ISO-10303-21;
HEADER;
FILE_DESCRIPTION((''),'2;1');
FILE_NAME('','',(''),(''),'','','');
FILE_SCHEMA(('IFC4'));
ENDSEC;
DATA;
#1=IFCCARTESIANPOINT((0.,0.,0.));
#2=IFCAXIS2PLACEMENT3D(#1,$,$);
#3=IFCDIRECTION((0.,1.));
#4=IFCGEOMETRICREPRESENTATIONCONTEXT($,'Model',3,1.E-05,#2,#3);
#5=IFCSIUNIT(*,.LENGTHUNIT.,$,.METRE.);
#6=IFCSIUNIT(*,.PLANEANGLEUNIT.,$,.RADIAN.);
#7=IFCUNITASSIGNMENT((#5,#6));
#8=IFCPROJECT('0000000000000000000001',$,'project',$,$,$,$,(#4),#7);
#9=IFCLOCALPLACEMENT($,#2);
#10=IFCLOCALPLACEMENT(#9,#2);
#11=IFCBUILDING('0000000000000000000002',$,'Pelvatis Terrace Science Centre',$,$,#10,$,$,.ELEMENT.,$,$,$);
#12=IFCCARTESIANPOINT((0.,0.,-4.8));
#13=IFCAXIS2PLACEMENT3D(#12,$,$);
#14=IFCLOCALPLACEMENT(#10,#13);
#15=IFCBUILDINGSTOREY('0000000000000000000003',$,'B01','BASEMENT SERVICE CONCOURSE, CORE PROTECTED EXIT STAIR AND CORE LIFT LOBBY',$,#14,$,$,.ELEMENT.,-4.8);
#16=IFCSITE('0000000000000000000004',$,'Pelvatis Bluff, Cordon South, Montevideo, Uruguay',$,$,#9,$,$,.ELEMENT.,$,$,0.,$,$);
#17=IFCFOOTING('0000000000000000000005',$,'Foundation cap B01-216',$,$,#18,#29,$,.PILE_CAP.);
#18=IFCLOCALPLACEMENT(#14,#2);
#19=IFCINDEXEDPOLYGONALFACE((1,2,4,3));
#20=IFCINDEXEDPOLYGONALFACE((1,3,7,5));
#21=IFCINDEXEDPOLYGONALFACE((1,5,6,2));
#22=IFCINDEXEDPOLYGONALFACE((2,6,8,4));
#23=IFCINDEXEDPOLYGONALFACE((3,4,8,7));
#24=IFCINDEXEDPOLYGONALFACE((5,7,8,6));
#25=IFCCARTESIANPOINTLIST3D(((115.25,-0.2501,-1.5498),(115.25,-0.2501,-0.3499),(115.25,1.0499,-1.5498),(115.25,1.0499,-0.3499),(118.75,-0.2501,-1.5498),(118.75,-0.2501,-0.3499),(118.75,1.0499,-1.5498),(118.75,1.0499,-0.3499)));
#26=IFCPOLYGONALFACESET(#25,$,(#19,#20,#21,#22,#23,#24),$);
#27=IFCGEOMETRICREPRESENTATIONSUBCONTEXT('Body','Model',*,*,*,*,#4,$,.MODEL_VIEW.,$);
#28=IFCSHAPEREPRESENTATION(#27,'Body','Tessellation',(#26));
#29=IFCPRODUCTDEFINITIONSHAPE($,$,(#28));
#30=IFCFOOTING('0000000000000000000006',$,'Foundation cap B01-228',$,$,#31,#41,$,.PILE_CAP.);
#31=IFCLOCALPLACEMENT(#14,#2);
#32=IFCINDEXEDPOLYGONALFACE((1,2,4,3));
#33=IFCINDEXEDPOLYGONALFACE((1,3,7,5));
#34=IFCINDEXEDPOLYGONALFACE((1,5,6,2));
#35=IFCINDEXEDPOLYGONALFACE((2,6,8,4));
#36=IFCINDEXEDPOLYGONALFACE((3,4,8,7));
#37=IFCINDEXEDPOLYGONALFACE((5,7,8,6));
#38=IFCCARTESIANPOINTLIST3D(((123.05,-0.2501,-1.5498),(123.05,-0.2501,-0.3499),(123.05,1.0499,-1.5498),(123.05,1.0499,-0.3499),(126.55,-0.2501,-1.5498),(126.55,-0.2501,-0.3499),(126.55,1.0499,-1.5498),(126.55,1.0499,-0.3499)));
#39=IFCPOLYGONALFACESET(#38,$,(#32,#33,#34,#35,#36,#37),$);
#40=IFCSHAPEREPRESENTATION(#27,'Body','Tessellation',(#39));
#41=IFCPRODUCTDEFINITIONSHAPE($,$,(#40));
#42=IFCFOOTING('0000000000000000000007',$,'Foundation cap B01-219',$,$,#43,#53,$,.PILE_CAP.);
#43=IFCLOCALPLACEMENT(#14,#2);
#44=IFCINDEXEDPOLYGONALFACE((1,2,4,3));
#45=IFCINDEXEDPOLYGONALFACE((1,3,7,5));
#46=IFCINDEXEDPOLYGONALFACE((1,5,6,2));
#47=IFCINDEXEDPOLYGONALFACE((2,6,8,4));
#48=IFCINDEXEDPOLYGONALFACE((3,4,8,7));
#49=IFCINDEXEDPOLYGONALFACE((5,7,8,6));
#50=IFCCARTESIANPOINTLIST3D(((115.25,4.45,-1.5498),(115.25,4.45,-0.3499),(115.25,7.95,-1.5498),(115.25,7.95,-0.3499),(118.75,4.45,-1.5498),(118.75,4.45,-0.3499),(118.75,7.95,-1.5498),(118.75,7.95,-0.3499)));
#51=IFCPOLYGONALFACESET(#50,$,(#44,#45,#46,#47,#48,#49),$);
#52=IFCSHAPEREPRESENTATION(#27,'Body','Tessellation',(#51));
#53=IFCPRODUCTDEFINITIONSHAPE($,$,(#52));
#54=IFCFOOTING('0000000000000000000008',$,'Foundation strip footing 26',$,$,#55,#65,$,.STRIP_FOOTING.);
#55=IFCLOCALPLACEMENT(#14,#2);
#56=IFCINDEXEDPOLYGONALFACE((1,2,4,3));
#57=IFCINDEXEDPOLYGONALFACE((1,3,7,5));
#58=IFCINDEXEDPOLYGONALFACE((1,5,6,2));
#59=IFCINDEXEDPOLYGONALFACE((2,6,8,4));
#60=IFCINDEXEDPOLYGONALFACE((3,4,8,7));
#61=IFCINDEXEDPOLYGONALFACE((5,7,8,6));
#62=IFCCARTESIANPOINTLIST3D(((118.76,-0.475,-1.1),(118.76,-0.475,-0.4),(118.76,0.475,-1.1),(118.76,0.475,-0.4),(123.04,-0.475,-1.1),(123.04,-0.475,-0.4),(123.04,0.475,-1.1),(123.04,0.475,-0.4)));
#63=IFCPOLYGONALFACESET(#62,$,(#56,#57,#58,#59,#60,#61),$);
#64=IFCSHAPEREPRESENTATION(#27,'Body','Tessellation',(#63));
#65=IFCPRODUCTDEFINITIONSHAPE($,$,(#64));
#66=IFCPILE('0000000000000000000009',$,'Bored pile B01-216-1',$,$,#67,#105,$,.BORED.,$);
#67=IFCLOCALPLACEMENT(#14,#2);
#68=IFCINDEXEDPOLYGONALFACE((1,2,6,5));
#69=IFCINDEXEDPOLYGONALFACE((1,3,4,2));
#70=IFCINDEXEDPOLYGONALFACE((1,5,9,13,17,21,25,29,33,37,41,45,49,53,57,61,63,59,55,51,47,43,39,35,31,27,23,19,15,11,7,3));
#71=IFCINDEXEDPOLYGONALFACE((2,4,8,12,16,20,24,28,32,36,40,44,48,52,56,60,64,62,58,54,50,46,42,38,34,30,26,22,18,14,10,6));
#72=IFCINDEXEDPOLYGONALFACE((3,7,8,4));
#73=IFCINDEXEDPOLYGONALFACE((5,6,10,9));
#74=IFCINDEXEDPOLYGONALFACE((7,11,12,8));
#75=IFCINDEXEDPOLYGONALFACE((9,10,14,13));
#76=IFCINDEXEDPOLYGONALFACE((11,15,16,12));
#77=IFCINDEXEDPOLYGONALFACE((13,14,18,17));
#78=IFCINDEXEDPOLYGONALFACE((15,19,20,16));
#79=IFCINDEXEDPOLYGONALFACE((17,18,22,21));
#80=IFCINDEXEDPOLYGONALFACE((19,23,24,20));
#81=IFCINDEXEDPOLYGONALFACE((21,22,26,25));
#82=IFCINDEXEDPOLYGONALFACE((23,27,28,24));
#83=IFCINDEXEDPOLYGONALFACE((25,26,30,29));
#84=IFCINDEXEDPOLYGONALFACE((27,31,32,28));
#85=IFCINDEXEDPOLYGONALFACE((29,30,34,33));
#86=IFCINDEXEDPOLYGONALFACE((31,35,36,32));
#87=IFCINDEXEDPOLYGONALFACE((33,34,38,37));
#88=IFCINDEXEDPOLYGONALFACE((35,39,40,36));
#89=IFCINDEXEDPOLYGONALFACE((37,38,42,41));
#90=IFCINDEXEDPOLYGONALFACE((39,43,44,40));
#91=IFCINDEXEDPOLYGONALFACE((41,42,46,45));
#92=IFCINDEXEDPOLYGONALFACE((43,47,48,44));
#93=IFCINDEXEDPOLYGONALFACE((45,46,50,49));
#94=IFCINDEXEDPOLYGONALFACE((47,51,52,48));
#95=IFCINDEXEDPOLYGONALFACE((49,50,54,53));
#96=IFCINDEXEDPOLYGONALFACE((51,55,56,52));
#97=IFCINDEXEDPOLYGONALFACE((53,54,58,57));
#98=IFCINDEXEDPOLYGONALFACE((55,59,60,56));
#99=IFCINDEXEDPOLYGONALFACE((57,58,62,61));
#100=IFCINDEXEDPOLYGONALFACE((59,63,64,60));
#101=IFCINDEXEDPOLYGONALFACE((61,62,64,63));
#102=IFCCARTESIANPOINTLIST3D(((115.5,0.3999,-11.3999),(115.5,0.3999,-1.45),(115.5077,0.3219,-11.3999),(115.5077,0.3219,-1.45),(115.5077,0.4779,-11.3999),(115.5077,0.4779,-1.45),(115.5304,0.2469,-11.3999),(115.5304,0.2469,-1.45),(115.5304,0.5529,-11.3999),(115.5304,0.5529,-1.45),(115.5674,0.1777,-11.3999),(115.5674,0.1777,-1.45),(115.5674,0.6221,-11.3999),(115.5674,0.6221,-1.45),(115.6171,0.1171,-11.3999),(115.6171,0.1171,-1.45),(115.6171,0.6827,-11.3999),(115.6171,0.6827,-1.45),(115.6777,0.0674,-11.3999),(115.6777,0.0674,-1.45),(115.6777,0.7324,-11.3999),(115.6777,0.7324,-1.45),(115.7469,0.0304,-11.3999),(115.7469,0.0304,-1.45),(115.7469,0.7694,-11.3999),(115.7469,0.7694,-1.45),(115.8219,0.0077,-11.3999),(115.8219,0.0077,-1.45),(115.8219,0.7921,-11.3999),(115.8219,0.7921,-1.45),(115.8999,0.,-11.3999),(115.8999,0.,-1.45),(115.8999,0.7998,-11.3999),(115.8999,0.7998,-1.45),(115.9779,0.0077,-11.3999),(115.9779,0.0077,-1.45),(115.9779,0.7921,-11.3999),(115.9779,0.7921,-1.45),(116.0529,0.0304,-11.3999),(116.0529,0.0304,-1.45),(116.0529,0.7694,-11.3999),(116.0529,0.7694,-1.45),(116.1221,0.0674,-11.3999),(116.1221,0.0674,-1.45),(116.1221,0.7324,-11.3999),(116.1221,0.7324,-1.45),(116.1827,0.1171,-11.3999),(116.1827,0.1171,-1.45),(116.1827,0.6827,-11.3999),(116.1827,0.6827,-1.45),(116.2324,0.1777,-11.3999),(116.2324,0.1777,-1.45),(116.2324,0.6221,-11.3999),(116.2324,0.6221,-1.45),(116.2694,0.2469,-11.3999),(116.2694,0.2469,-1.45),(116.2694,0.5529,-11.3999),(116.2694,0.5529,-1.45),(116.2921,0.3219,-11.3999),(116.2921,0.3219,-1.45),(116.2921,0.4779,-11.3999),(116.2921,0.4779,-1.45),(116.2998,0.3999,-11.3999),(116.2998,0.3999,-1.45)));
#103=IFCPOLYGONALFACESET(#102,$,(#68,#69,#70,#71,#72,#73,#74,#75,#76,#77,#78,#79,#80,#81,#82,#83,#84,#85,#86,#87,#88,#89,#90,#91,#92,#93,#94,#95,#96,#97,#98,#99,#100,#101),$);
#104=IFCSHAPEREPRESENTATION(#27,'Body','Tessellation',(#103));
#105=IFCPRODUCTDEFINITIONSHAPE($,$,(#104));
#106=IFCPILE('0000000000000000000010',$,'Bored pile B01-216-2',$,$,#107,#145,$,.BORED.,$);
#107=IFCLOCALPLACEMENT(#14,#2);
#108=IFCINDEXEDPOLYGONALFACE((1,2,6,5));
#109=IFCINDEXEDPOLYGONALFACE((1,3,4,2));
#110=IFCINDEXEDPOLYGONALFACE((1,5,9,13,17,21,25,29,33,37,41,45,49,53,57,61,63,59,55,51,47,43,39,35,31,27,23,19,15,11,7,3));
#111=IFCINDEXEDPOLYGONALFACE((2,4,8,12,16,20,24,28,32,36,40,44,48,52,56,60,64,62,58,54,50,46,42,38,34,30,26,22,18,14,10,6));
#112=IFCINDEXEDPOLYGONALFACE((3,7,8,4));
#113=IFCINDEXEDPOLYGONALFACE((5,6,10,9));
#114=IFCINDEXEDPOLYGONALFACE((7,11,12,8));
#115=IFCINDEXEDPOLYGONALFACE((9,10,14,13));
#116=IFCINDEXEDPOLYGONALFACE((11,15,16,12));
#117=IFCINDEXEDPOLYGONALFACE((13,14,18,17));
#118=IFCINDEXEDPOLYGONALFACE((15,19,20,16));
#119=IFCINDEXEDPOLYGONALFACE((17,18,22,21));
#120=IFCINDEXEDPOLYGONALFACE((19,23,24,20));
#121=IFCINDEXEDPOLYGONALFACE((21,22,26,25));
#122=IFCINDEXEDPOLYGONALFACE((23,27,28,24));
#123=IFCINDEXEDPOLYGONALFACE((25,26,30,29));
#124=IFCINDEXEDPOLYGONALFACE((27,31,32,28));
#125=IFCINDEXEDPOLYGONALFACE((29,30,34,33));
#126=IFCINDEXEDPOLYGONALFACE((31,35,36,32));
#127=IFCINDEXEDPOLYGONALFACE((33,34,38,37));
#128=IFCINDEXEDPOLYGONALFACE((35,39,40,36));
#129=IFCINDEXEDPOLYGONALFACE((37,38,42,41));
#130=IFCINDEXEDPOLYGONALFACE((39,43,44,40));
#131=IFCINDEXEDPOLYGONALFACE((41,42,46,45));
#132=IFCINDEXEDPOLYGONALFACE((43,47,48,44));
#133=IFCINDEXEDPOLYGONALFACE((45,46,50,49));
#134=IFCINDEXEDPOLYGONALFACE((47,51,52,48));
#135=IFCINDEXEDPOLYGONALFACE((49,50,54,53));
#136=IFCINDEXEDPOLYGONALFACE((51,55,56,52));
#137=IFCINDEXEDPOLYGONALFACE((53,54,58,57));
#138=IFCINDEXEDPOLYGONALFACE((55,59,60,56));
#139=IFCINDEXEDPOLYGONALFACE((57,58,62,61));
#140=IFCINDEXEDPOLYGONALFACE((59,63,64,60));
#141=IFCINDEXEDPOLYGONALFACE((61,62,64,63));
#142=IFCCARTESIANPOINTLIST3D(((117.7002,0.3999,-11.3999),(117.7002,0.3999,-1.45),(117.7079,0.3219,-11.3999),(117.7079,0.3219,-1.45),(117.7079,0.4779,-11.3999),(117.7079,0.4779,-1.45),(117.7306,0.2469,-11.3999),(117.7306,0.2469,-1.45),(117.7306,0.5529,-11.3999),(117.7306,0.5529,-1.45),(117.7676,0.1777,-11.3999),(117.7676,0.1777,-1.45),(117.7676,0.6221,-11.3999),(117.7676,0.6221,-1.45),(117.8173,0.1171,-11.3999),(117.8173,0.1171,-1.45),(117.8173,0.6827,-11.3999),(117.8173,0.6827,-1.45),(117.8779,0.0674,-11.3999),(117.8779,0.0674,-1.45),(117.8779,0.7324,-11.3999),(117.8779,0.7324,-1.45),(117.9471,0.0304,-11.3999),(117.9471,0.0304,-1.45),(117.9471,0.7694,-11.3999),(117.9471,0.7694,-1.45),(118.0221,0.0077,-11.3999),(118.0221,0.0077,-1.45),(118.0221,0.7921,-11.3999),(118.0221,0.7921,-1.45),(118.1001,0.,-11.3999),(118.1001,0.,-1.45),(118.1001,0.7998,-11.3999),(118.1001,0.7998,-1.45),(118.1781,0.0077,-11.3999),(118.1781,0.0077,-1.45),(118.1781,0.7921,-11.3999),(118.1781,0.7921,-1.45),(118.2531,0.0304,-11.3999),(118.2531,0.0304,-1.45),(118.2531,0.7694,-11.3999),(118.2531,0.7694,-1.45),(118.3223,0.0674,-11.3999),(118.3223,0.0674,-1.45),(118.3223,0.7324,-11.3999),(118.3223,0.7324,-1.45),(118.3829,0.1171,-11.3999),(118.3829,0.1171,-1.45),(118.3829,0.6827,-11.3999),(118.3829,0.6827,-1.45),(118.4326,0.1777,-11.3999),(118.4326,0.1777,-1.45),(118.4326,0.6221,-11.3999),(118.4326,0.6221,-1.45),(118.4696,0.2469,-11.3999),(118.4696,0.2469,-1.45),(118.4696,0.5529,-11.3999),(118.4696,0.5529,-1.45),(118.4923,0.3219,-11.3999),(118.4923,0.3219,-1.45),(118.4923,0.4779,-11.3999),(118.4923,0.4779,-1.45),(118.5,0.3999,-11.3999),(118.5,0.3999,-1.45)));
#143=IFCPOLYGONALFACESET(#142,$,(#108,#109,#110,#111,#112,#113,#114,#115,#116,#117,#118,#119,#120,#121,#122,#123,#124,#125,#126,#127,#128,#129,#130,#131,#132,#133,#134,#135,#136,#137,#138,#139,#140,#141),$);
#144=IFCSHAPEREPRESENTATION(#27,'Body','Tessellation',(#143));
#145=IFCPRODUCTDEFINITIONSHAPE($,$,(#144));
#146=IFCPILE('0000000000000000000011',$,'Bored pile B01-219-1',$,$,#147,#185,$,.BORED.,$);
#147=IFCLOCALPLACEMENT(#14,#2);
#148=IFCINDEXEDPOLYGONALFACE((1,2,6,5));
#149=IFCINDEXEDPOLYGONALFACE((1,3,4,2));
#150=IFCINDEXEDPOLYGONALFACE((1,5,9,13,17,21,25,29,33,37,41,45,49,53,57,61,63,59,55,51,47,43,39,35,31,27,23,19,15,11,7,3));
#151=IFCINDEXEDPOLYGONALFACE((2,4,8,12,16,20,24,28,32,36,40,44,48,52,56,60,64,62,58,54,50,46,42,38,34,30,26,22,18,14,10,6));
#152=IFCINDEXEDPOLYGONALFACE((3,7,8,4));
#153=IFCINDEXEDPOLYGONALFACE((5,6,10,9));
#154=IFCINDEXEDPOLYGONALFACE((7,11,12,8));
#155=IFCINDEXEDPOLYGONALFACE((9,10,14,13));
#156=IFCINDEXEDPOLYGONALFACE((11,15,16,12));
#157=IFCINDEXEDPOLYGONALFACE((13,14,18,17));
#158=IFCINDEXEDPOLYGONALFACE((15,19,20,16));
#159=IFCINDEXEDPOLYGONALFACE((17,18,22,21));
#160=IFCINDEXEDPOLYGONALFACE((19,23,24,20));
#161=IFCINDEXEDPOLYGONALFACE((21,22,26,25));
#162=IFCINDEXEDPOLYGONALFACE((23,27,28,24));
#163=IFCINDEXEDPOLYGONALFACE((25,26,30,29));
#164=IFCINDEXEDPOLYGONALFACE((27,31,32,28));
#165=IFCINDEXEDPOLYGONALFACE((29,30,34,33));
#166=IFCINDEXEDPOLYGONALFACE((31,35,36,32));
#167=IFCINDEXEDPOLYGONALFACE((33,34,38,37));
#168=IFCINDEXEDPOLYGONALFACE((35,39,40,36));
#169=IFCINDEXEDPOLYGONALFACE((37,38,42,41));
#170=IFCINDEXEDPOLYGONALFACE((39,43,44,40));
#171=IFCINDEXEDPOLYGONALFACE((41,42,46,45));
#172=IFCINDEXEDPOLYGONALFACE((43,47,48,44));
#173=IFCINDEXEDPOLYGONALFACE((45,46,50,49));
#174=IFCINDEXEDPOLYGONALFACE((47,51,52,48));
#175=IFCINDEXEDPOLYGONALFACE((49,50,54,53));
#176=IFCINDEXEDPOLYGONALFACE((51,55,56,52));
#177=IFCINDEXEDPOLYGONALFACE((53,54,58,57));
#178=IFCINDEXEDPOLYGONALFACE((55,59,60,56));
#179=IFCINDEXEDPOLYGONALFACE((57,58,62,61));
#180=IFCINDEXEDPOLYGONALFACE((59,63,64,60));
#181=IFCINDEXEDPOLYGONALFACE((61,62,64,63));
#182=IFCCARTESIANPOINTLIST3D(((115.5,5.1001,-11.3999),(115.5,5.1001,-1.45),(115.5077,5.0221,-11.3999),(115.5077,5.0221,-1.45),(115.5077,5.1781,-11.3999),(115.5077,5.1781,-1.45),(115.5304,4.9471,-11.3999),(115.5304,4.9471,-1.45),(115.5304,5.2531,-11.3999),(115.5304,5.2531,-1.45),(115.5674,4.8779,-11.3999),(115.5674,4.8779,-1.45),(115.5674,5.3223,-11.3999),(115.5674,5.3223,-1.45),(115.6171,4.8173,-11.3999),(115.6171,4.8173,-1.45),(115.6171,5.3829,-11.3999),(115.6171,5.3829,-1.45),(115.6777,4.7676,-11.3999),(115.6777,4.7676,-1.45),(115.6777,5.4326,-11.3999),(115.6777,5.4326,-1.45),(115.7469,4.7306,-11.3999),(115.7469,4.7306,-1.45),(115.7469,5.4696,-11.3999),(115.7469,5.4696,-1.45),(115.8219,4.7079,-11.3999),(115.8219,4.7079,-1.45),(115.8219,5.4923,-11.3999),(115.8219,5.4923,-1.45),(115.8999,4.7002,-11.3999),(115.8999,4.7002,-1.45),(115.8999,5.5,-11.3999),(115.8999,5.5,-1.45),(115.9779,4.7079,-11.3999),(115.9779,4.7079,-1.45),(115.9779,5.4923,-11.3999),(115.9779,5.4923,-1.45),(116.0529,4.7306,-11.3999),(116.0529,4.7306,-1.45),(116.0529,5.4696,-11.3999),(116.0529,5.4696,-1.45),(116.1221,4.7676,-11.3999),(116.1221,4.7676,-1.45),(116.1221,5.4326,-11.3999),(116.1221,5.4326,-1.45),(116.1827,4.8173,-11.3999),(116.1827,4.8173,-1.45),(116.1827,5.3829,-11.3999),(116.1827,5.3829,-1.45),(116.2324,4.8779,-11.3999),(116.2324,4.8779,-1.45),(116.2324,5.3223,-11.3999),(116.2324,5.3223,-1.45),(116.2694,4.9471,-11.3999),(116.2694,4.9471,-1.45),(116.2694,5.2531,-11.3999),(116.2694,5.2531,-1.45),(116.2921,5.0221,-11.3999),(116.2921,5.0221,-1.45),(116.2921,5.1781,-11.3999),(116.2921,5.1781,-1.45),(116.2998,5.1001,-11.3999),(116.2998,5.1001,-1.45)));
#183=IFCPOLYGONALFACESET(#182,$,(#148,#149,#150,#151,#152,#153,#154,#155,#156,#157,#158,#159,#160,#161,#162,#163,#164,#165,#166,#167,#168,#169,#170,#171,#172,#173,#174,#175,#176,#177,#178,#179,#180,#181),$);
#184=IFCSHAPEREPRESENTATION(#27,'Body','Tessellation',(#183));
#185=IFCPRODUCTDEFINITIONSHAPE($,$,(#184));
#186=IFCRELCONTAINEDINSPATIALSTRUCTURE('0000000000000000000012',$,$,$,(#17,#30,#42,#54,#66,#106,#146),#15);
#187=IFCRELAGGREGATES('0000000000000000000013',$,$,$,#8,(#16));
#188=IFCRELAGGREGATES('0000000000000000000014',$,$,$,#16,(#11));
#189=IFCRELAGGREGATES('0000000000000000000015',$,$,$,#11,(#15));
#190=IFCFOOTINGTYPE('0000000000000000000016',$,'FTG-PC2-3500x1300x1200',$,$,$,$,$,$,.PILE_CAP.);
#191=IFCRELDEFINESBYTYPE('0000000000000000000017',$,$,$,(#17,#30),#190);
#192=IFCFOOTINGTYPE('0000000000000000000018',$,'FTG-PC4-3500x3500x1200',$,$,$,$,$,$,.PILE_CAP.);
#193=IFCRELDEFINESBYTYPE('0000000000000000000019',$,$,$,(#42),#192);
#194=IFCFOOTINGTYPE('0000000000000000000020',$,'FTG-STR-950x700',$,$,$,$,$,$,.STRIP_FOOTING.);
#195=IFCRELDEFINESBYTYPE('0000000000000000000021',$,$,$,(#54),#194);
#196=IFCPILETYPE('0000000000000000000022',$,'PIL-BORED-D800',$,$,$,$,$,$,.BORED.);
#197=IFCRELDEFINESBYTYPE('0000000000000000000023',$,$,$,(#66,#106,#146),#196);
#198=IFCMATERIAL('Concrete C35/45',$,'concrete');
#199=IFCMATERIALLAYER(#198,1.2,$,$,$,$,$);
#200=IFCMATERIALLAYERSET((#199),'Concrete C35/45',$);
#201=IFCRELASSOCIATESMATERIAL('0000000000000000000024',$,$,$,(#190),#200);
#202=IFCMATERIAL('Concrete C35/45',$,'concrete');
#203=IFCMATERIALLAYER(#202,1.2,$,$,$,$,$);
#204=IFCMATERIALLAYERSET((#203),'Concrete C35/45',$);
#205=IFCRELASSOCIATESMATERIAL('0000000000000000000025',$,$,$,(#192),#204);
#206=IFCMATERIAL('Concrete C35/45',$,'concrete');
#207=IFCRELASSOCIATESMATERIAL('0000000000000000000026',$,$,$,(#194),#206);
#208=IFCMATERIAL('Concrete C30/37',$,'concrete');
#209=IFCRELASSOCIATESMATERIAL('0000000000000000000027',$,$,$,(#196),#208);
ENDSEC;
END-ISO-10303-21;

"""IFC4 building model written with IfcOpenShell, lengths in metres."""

from ifc_helpers import new_model, si_unit, direction, frame, origin, origin_2d, place, context, subcontext, project, spatial, rectangle, circle, extrude, material, layer, layer_set, material_profile, profile_set, type_object, element, save


model = new_model("IFC4")

# Units and contexts
model_context = context("Model", 3, precision=1e-05, world=origin(), true_north=direction((0.0, 1.0)))
body_context = subcontext(model_context, "Body", "Model", "MODEL_VIEW")
ifc_project = project(units=[si_unit("LENGTHUNIT", "METRE"), si_unit("PLANEANGLEUNIT", "RADIAN")], contexts=[model_context])

# Site, building, storey
site_placement = place(None, origin())
site = spatial("IfcSite", under=ifc_project, at=site_placement, Name="Pelvatis Bluff, Cordon South, Montevideo, Uruguay", CompositionType="ELEMENT", RefElevation=0.0)
building_placement = place(site_placement, origin())
building = spatial("IfcBuilding", under=site, at=building_placement, Name="Pelvatis Terrace Science Centre", CompositionType="ELEMENT")
storey_placement = place(building_placement, frame((0.0, 0.0, -4.8)))
storey = spatial("IfcBuildingStorey", under=building, at=storey_placement, Name="B01", Description="BASEMENT SERVICE CONCOURSE, CORE PROTECTED EXIT STAIR AND CORE LIFT LOBBY", CompositionType="ELEMENT", Elevation=-4.8)

# Footings
ifc_material_1 = material(Name="Concrete C35/45", Category="concrete")
ifc_layer_1 = layer(ifc_material_1, 1.2)
ifc_layer_set_1 = layer_set([ifc_layer_1], Name="Concrete C35/45")
footing_type_1 = type_object("IfcFootingType", Name="FTG-PC2-3500x1300x1200", PredefinedType="PILE_CAP", material=ifc_layer_set_1)
for number, where, z_axis, x_axis, name in (
    (1, (117.0, 0.3999, -1.5498), (0.0, 0.0, 1.0), (1.0, 0.0, 0.0), "Foundation cap B01-216"),
    (2, (124.8, 0.3999, -1.5498), (0.0, 0.0, 1.0), (1.0, 0.0, 0.0), "Foundation cap B01-228"),
):
    element("IfcFooting", number, at=place(storey_placement, frame(where, z_axis=z_axis, x_axis=x_axis)), inside=storey, type_object=footing_type_1, Name=name, PredefinedType="PILE_CAP", context=body_context, shape_type="SweptSolid", body=[
        extrude(rectangle(XDim=3.5, YDim=1.3, at=origin_2d()), origin(), (0.0, 0.0, 1.0), 1.2),
    ])
ifc_material_2 = material(Name="Concrete C35/45", Category="concrete")
ifc_layer_2 = layer(ifc_material_2, 1.2)
ifc_layer_set_2 = layer_set([ifc_layer_2], Name="Concrete C35/45")
footing_type_2 = type_object("IfcFootingType", Name="FTG-PC4-3500x3500x1200", PredefinedType="PILE_CAP", material=ifc_layer_set_2)
footing_1_placement = place(storey_placement, frame((117.0, 6.2, -1.5498), z_axis=(0.0, 0.0, 1.0), x_axis=(1.0, 0.0, 0.0)))
element("IfcFooting", 3, at=footing_1_placement, inside=storey, type_object=footing_type_2, Name="Foundation cap B01-219", PredefinedType="PILE_CAP", context=body_context, shape_type="SweptSolid", body=[
    extrude(rectangle(XDim=3.5, YDim=3.5, at=origin_2d()), origin(), (0.0, 0.0, 1.0), 1.2),
])
ifc_material_3 = material(Name="Concrete C35/45", Category="concrete")
ifc_material_profile_1 = material_profile(ifc_material_3, rectangle(XDim=0.95, YDim=0.7, at=origin_2d()), Name="RC-STR 950x700")
ifc_profile_set_1 = profile_set([ifc_material_profile_1], Name="Concrete C35/45")
footing_type_3 = type_object("IfcFootingType", Name="FTG-STR-950x700", PredefinedType="STRIP_FOOTING", material=ifc_profile_set_1)
footing_2_placement = place(storey_placement, frame((118.76, 0.0, -0.75), z_axis=(1.0, 0.0, 0.0), x_axis=(0.0, 1.0, 0.0)))
element("IfcFooting", 4, at=footing_2_placement, inside=storey, type_object=footing_type_3, Name="Foundation strip footing 26", PredefinedType="STRIP_FOOTING", context=body_context, shape_type="SweptSolid", body=[
    extrude(rectangle(XDim=0.95, YDim=0.7, at=origin_2d()), origin(), (0.0, 0.0, 1.0), 4.28),
])

# Piles
ifc_material_4 = material(Name="Concrete C30/37", Category="concrete")
ifc_material_profile_2 = material_profile(ifc_material_4, circle(Radius=0.3999, at=origin_2d()), Name="PILE D800")
ifc_profile_set_2 = profile_set([ifc_material_profile_2], Name="Concrete C30/37")
pile_type = type_object("IfcPileType", Name="PIL-BORED-D800", PredefinedType="BORED", material=ifc_profile_set_2)
for number, where, z_axis, x_axis, name in (
    (5, (115.8999, 0.3999, -1.45), (0.0, 0.0, -1.0), (1.0, 0.0, 0.0), "Bored pile B01-216-1"),
    (6, (118.1001, 0.3999, -1.45), (0.0, 0.0, -1.0), (1.0, 0.0, 0.0), "Bored pile B01-216-2"),
    (7, (115.8999, 5.1001, -1.45), (0.0, 0.0, -1.0), (1.0, 0.0, 0.0), "Bored pile B01-219-1"),
):
    element("IfcPile", number, at=place(storey_placement, frame(where, z_axis=z_axis, x_axis=x_axis)), inside=storey, type_object=pile_type, Name=name, PredefinedType="BORED", context=body_context, shape_type="SweptSolid", body=[
        extrude(circle(Radius=0.3999, at=origin_2d()), origin(), (0.0, 0.0, 1.0), 9.95),
    ])

save(model, "model.ifc")
